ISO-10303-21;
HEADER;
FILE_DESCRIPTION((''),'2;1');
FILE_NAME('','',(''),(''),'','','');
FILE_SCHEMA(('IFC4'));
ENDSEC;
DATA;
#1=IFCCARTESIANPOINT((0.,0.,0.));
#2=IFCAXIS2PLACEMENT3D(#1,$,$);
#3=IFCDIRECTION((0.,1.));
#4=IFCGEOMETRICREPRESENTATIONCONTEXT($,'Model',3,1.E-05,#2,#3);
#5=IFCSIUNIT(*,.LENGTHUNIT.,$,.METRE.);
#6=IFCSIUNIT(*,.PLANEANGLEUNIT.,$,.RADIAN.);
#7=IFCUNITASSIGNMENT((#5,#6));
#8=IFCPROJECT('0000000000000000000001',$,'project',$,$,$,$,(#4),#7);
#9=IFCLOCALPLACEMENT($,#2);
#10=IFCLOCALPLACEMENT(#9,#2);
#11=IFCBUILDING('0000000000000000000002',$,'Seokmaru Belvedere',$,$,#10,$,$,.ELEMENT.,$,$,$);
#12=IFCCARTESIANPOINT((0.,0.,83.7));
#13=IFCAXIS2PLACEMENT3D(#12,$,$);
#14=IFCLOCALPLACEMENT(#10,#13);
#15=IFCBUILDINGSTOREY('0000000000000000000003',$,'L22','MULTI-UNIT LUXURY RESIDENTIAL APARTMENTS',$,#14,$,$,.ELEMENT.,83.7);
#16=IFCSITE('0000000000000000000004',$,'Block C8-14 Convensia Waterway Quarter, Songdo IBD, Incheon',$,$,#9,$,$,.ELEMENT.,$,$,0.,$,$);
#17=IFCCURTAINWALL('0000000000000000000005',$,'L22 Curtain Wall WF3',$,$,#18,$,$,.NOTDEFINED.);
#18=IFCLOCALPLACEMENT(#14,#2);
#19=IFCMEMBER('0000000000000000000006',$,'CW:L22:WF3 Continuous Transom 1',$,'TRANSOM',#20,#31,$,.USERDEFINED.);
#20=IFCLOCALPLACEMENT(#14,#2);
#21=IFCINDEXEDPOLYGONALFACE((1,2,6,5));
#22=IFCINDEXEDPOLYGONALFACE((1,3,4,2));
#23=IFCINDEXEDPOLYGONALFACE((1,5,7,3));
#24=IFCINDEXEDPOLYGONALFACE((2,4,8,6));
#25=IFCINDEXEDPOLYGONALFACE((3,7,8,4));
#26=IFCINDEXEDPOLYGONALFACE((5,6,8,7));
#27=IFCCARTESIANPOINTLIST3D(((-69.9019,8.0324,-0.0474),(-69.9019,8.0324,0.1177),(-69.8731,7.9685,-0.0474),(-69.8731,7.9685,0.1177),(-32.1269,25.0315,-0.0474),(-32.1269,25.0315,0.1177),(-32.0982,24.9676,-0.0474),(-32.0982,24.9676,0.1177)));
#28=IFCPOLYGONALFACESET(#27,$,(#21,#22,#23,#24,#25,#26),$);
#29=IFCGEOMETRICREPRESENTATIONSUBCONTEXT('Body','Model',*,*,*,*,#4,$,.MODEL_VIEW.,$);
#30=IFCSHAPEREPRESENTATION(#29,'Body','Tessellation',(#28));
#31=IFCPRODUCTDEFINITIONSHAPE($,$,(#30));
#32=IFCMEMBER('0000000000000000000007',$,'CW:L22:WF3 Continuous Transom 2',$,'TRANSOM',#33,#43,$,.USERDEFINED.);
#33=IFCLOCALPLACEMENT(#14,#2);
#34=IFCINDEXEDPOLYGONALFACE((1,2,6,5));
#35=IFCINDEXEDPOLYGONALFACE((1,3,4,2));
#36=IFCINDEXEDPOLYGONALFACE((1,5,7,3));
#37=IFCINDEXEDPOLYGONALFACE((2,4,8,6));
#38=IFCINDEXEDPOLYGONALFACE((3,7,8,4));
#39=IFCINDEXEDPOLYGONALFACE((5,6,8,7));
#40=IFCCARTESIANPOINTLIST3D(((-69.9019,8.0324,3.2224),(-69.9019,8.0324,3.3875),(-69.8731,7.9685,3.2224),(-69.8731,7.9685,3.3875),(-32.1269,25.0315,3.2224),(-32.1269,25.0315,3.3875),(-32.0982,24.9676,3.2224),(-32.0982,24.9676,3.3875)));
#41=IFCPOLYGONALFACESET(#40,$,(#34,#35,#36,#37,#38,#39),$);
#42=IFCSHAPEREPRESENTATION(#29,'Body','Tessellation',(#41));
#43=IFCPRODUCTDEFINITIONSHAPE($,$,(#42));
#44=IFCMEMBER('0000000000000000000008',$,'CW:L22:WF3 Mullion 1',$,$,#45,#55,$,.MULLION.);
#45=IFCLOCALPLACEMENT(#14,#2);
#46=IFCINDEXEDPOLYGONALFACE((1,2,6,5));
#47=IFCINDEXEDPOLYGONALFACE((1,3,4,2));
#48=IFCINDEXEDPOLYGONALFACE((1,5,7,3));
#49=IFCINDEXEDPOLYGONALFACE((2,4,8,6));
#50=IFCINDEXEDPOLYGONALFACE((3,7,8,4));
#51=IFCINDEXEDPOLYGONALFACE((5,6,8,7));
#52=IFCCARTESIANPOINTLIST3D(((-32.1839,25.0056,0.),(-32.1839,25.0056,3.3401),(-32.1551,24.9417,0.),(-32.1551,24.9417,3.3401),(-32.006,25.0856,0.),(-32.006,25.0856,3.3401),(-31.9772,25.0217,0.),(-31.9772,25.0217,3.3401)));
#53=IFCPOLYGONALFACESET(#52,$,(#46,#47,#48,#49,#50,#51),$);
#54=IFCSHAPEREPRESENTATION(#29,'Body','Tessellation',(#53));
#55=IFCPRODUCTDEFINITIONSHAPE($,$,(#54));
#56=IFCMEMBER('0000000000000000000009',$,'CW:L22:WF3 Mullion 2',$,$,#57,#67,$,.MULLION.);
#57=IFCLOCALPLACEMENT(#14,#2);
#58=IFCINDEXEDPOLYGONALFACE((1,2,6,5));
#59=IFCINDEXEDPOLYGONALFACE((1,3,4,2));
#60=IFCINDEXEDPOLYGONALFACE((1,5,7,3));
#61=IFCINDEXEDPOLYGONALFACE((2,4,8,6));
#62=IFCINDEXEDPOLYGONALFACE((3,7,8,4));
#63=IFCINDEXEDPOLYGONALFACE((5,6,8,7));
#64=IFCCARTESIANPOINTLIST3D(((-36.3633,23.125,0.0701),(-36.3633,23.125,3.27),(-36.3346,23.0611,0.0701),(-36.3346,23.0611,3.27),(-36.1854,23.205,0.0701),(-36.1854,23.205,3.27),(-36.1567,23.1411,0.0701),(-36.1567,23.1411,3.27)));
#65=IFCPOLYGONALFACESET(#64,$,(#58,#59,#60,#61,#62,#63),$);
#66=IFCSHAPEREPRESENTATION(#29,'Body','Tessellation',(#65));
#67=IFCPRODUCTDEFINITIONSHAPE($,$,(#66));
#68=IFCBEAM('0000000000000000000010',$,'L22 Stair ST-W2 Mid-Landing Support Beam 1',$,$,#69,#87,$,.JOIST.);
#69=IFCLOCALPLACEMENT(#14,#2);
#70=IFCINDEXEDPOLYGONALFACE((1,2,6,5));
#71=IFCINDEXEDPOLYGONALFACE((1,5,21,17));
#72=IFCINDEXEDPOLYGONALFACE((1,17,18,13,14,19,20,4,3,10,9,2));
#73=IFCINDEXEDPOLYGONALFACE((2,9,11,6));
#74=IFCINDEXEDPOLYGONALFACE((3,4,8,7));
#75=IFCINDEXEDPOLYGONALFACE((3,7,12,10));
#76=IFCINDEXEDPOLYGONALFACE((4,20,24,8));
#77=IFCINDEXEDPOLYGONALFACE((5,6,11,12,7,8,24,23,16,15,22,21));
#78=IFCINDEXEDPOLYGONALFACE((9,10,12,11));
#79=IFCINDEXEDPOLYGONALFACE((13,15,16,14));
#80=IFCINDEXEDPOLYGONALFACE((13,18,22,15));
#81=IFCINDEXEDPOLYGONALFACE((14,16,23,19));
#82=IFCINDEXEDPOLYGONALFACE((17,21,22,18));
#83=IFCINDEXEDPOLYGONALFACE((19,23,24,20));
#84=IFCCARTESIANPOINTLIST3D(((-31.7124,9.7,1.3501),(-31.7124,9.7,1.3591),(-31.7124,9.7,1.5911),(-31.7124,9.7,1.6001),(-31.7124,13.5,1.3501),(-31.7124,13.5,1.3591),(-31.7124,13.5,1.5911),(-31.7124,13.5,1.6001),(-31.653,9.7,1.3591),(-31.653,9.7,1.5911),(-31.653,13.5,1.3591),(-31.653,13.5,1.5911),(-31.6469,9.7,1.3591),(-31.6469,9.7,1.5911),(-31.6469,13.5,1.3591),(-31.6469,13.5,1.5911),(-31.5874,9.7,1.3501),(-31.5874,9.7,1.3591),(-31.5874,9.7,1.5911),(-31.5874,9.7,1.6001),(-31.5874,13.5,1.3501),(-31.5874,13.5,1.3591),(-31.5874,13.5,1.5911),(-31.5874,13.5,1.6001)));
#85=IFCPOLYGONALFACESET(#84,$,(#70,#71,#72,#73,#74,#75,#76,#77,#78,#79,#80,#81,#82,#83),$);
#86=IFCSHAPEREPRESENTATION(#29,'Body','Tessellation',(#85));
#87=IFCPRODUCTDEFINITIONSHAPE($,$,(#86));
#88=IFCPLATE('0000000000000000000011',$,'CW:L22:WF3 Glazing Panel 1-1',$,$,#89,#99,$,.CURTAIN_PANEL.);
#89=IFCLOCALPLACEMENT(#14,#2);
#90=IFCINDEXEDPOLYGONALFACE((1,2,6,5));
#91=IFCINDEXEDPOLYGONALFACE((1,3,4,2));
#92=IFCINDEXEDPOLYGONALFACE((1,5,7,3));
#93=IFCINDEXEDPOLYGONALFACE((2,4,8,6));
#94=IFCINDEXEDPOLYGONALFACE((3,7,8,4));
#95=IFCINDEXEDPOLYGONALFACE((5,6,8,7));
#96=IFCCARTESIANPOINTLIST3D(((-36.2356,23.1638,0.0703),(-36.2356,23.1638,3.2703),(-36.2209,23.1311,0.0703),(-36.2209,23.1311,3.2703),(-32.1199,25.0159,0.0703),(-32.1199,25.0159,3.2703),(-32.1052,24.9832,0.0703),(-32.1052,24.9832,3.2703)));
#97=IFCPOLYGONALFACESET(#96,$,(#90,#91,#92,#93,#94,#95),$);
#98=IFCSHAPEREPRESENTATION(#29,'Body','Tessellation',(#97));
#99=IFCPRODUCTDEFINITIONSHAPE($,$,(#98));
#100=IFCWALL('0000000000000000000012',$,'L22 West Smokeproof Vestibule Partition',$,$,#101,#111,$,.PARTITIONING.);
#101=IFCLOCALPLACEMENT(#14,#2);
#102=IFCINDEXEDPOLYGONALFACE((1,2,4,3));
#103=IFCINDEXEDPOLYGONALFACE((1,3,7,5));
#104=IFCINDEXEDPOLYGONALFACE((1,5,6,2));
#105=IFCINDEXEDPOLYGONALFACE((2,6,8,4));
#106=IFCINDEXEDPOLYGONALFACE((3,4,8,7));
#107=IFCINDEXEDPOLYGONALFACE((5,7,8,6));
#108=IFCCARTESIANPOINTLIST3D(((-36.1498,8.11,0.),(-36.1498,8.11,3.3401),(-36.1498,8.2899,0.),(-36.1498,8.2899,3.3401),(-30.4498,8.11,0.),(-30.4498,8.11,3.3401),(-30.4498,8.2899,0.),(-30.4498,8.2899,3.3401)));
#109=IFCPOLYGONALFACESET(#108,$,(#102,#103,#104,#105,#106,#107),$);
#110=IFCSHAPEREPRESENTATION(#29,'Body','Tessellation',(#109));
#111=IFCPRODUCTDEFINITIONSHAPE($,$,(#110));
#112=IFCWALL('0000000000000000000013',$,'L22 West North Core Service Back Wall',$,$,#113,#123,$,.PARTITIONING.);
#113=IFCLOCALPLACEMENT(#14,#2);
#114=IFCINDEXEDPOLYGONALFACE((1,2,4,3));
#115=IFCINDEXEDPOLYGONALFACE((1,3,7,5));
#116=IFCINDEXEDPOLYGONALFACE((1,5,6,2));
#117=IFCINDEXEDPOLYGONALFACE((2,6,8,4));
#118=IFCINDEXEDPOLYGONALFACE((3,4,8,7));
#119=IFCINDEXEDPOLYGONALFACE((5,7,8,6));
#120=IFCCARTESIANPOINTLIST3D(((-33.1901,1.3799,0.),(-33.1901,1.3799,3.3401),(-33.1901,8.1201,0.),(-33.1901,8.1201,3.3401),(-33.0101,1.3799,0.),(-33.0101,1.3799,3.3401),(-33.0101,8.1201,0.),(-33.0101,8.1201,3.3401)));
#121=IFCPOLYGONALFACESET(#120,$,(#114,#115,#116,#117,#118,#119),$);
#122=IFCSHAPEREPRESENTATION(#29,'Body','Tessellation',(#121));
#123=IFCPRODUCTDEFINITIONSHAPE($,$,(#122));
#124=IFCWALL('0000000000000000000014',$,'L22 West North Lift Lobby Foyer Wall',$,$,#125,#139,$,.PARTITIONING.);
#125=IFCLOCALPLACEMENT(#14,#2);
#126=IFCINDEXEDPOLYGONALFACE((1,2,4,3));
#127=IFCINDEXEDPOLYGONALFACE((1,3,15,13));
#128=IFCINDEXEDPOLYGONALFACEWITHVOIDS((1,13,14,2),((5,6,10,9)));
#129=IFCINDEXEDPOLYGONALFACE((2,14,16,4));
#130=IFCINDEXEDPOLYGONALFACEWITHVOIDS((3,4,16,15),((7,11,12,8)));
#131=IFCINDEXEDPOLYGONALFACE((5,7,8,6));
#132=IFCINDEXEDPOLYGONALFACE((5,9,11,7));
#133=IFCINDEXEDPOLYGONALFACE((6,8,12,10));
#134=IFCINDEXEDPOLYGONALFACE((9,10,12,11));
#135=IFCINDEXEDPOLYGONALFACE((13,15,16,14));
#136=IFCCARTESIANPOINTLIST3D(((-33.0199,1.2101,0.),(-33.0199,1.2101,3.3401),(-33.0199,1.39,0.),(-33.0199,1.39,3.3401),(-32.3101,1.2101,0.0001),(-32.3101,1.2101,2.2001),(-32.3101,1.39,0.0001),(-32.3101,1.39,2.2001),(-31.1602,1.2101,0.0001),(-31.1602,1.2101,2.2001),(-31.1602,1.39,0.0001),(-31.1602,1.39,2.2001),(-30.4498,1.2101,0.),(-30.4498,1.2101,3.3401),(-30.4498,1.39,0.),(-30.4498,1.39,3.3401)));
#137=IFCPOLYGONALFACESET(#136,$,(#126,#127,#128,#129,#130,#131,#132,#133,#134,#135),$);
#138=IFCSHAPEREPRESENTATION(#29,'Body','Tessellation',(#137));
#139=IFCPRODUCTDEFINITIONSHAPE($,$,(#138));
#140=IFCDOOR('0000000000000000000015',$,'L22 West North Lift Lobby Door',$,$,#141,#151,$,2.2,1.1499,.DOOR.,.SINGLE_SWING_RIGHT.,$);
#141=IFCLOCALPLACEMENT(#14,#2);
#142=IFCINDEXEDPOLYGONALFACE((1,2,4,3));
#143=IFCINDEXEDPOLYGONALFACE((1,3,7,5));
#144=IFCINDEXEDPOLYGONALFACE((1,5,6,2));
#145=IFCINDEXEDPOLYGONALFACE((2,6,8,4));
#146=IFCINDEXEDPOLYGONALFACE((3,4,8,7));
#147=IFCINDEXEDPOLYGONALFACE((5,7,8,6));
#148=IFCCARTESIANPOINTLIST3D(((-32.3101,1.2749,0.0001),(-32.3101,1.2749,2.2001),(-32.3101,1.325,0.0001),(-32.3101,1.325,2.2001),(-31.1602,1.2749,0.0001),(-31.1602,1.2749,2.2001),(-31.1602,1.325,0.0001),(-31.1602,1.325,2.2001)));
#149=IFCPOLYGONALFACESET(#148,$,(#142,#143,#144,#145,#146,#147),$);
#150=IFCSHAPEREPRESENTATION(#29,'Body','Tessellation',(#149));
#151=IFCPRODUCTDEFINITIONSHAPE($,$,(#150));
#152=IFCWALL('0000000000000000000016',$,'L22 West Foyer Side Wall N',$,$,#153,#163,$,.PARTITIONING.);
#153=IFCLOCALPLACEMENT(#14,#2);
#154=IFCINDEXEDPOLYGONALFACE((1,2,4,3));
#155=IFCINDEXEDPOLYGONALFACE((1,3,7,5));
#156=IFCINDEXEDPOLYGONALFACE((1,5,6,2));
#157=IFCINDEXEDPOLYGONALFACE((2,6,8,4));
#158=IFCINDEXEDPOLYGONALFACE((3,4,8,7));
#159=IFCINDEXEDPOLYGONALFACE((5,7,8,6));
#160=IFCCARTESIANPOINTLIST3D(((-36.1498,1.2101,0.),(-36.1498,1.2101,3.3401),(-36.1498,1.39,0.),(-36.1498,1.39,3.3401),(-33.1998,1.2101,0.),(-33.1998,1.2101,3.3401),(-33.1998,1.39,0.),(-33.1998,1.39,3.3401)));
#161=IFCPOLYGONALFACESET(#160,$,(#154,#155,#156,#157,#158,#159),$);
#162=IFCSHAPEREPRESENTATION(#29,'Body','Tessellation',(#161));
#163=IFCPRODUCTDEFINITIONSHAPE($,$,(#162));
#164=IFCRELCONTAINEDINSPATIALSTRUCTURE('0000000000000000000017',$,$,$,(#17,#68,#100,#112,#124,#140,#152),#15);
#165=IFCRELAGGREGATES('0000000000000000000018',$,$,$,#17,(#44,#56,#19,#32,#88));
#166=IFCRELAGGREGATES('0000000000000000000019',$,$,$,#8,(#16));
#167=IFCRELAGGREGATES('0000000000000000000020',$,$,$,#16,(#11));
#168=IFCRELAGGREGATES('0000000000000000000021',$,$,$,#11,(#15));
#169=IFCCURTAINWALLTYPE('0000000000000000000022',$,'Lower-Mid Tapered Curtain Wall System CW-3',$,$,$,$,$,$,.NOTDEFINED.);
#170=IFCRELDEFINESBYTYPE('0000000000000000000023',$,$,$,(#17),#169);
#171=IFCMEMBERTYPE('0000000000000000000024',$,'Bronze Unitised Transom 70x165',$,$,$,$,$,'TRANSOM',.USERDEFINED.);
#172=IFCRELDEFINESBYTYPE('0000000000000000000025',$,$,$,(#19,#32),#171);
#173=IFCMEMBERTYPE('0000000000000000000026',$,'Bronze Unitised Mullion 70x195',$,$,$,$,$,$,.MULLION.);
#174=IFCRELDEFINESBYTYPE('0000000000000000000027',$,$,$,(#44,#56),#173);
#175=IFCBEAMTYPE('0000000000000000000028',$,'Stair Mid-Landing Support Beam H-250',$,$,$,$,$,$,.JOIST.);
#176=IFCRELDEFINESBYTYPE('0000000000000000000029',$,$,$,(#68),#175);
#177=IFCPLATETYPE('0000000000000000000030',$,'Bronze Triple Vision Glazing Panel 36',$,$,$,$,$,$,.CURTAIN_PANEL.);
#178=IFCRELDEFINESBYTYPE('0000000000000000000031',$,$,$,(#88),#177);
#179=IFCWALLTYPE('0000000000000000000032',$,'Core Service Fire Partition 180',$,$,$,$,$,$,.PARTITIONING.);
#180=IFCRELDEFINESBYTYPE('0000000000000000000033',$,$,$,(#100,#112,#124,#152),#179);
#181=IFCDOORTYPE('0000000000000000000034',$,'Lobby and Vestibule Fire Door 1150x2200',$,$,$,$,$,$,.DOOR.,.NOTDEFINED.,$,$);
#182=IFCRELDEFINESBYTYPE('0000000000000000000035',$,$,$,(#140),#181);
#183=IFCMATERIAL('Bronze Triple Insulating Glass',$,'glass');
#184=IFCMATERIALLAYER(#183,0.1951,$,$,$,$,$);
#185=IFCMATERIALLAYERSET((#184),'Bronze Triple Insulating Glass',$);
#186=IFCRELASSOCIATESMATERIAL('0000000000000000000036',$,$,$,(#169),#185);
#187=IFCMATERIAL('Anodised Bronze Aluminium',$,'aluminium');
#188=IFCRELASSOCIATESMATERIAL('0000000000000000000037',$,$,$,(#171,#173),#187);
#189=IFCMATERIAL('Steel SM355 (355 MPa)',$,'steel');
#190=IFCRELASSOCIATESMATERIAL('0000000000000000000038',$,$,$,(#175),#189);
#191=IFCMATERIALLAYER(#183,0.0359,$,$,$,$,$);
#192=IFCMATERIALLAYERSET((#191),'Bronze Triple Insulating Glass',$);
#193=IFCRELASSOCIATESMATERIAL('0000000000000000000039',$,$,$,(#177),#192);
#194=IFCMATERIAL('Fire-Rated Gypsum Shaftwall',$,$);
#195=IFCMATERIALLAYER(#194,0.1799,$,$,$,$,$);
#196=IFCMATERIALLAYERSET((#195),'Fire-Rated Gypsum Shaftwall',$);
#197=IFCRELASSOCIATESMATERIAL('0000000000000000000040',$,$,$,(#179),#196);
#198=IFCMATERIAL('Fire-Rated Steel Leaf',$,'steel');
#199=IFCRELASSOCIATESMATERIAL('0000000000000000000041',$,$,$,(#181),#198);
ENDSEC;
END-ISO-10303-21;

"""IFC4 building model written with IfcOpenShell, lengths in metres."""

from ifc_helpers import new_model, si_unit, direction, frame, frame_2d, origin, origin_2d, place, context, subcontext, project, spatial, rectangle, i_section, extrude, source, transform, mapped, material, layer, layer_set, material_profile, profile_set, type_object, type_shapes, element, fill, aggregate, save


model = new_model("IFC4")

# Units and contexts
model_context = context("Model", 3, precision=1e-05, world=origin(), true_north=direction((0.0, 1.0)))
body_context = subcontext(model_context, "Body", "Model", "MODEL_VIEW")
ifc_project = project(units=[si_unit("LENGTHUNIT", "METRE"), si_unit("PLANEANGLEUNIT", "RADIAN")], contexts=[model_context])

# Site, building, storey
site_placement = place(None, origin())
site = spatial("IfcSite", under=ifc_project, at=site_placement, Name="Block C8-14 Convensia Waterway Quarter, Songdo IBD, Incheon", CompositionType="ELEMENT", RefElevation=0.0)
building_placement = place(site_placement, origin())
building = spatial("IfcBuilding", under=site, at=building_placement, Name="Seokmaru Belvedere", CompositionType="ELEMENT")
storey_placement = place(building_placement, frame((0.0, 0.0, 83.7)))
storey = spatial("IfcBuildingStorey", under=building, at=storey_placement, Name="L22", Description="MULTI-UNIT LUXURY RESIDENTIAL APARTMENTS", CompositionType="ELEMENT", Elevation=83.7)

# Shared definitions
ifc_material_1 = material(Name="Steel SM355 (355 MPa)", Category="steel")

# Curtain wall, members
ifc_material_2 = material(Name="Bronze Triple Insulating Glass", Category="glass")
ifc_layer_1 = layer(ifc_material_2, 0.1951)
ifc_layer_set_1 = layer_set([ifc_layer_1], Name="Bronze Triple Insulating Glass")
curtain_wall_type = type_object("IfcCurtainWallType", Name="Lower-Mid Tapered Curtain Wall System CW-3", PredefinedType="NOTDEFINED", material=ifc_layer_set_1)
curtain_wall_placement = place(storey_placement, origin())
curtain_wall = element("IfcCurtainWall", 1, at=curtain_wall_placement, inside=storey, type_object=curtain_wall_type, Name="L22 Curtain Wall WF3", PredefinedType="NOTDEFINED")
ifc_material_3 = material(Name="Anodised Bronze Aluminium", Category="aluminium")
ifc_material_profile_1 = material_profile(ifc_material_3, rectangle(XDim=0.0701, YDim=0.165, at=origin_2d()), Name="CW-T-70x165")
ifc_profile_set_1 = profile_set([ifc_material_profile_1], Name="Anodised Bronze Aluminium")
member_type_1 = type_object("IfcMemberType", Name="Bronze Unitised Transom 70x165", ElementType="TRANSOM", PredefinedType="USERDEFINED", material=ifc_profile_set_1)
shared_shape_1 = source(origin(), body_context, "Body", "SweptSolid", [
    extrude(rectangle(XDim=0.0701, YDim=0.165, at=origin_2d()), origin(), (0.0, 0.0, 1.0), 41.4236),
])
type_shapes(member_type_1, [shared_shape_1])
member_1_placement = place(storey_placement, frame((-32.1125, 24.9995, 0.0352), z_axis=(-0.911919, -0.410371, 0.0), x_axis=(0.410371, -0.911919, 0.0)))
member_1 = element("IfcMember", 2, at=member_1_placement, type_object=member_type_1, Name="CW:L22:WF3 Continuous Transom 1", ObjectType="TRANSOM", PredefinedType="USERDEFINED", context=body_context, shape_type="MappedRepresentation", body=[
    mapped(shared_shape_1, transform((0.0, 0.0, 0.0), scale=1.0)),
])
member_2_placement = place(storey_placement, frame((-32.1125, 24.9995, 3.3049), z_axis=(-0.911919, -0.410371, 0.0), x_axis=(0.410371, -0.911919, 0.0)))
member_2 = element("IfcMember", 3, at=member_2_placement, type_object=member_type_1, Name="CW:L22:WF3 Continuous Transom 2", ObjectType="TRANSOM", PredefinedType="USERDEFINED", context=body_context, shape_type="MappedRepresentation", body=[
    mapped(shared_shape_1, transform((0.0, 0.0, 0.0), scale=1.0)),
])
ifc_material_profile_2 = material_profile(ifc_material_3, rectangle(XDim=0.0701, YDim=0.1951, at=origin_2d()), Name="CW-M-70x195")
ifc_profile_set_2 = profile_set([ifc_material_profile_2], Name="Anodised Bronze Aluminium")
member_type_2 = type_object("IfcMemberType", Name="Bronze Unitised Mullion 70x195", PredefinedType="MULLION", material=ifc_profile_set_2)
shared_shape_2 = source(origin(), body_context, "Body", "SweptSolid", [
    extrude(rectangle(XDim=0.0701, YDim=0.1951, at=origin_2d()), origin(), (0.0, 0.0, 1.0), 3.3401),
])
member_3_placement = place(storey_placement, frame((-32.0806, 25.0137, 0.0), z_axis=(0.0, 0.0, 1.0), x_axis=(0.410366, -0.911921, 0.0)))
member_3 = element("IfcMember", 4, at=member_3_placement, type_object=member_type_2, Name="CW:L22:WF3 Mullion 1", PredefinedType="MULLION", context=body_context, shape_type="MappedRepresentation", body=[
    mapped(shared_shape_2, transform((0.0, 0.0, 0.0), scale=1.0)),
])
shared_shape_3 = source(origin(), body_context, "Body", "SweptSolid", [
    extrude(rectangle(XDim=0.0701, YDim=0.1951, at=origin_2d()), origin(), (0.0, 0.0, 1.0), 3.2),
])
type_shapes(member_type_2, [shared_shape_2, shared_shape_3])
member_4_placement = place(storey_placement, frame((-36.26, 23.1331, 0.0701), z_axis=(0.0, 0.0, 1.0), x_axis=(0.410366, -0.911921, 0.0)))
member_4 = element("IfcMember", 5, at=member_4_placement, type_object=member_type_2, Name="CW:L22:WF3 Mullion 2", PredefinedType="MULLION", context=body_context, shape_type="MappedRepresentation", body=[
    mapped(shared_shape_3, transform((0.0, 0.0, 0.0), scale=1.0)),
])

# Beam
ifc_material_profile_3 = material_profile(ifc_material_1, i_section(OverallWidth=0.125, OverallDepth=0.25, WebThickness=0.0061, FlangeThickness=0.009, at=origin_2d()), Name="H-250x125x6x9")
ifc_profile_set_3 = profile_set([ifc_material_profile_3], Name="Steel SM355 (355 MPa)")
beam_type_1 = type_object("IfcBeamType", Name="Stair Mid-Landing Support Beam H-250", PredefinedType="JOIST", material=ifc_profile_set_3)
shared_shape_4 = source(origin(), body_context, "Body", "SweptSolid", [
    extrude(i_section(OverallWidth=0.125, OverallDepth=0.25, WebThickness=0.0061, FlangeThickness=0.009, at=origin_2d()), origin(), (0.0, 0.0, 1.0), 3.8),
])
type_shapes(beam_type_1, [shared_shape_4])
beam_1_placement = place(storey_placement, frame((-31.6499, 9.7, 1.4751), z_axis=(0.0, 1.0, 0.0), x_axis=(-1.0, 0.0, 0.0)))
element("IfcBeam", 6, at=beam_1_placement, inside=storey, type_object=beam_type_1, Name="L22 Stair ST-W2 Mid-Landing Support Beam 1", PredefinedType="JOIST", context=body_context, shape_type="MappedRepresentation", body=[
    mapped(shared_shape_4, transform((0.0, 0.0, 0.0), scale=1.0)),
])

# Plate
ifc_layer_2 = layer(ifc_material_2, 0.0359)
ifc_layer_set_2 = layer_set([ifc_layer_2], Name="Bronze Triple Insulating Glass")
plate_type = type_object("IfcPlateType", Name="Bronze Triple Vision Glazing Panel 36", PredefinedType="CURTAIN_PANEL", material=ifc_layer_set_2)
shared_shape_5 = source(origin(), body_context, "Body", "SweptSolid", [
    extrude(rectangle(XDim=4.5132, YDim=0.0359, at=origin_2d()), origin(), (0.0, 0.0, 1.0), 3.2),
])
type_shapes(plate_type, [shared_shape_5])
plate_placement = place(storey_placement, frame((-34.1704, 24.0735, 0.0703), z_axis=(0.0, 0.0, 1.0), x_axis=(-0.911921, -0.410366, 0.0)))
plate = element("IfcPlate", 7, at=plate_placement, type_object=plate_type, Name="CW:L22:WF3 Glazing Panel 1-1", PredefinedType="CURTAIN_PANEL", context=body_context, shape_type="MappedRepresentation", body=[
    mapped(shared_shape_5, transform((0.0, 0.0, 0.0), scale=1.0)),
])
aggregate(curtain_wall, [member_3, member_4, member_1, member_2, plate])

# Walls
ifc_material_4 = material(Name="Fire-Rated Gypsum Shaftwall")
ifc_layer_3 = layer(ifc_material_4, 0.1799)
ifc_layer_set_3 = layer_set([ifc_layer_3], Name="Fire-Rated Gypsum Shaftwall")
wall_type_1 = type_object("IfcWallType", Name="Core Service Fire Partition 180", PredefinedType="PARTITIONING", material=ifc_layer_set_3)
wall_1_placement = place(storey_placement, frame((-36.1499, 8.2, 0.0), z_axis=(0.0, 0.0, 1.0), x_axis=(1.0, 0.0, 0.0)))
element("IfcWall", 8, at=wall_1_placement, inside=storey, type_object=wall_type_1, Name="L22 West Smokeproof Vestibule Partition", PredefinedType="PARTITIONING", context=body_context, shape_type="SweptSolid", body=[
    extrude(rectangle(XDim=5.7, YDim=0.1799, at=frame_2d((2.8501, 0.0))), origin(), (0.0, 0.0, 1.0), 3.3401),
])
wall_2_placement = place(storey_placement, frame((-33.1001, 1.3799, 0.0), z_axis=(0.0, 0.0, 1.0), x_axis=(0.0, 1.0, 0.0)))
element("IfcWall", 9, at=wall_2_placement, inside=storey, type_object=wall_type_1, Name="L22 West North Core Service Back Wall", PredefinedType="PARTITIONING", context=body_context, shape_type="SweptSolid", body=[
    extrude(rectangle(XDim=6.7402, YDim=0.1799, at=frame_2d((3.3701, 0.0))), origin(), (0.0, 0.0, 1.0), 3.3401),
])

# Wall, opening, door
wall_3_placement = place(storey_placement, frame((-33.02, 1.3, 0.0), z_axis=(0.0, 0.0, 1.0), x_axis=(1.0, 0.0, 0.0)))
wall_3 = element("IfcWall", 10, at=wall_3_placement, inside=storey, type_object=wall_type_1, Name="L22 West North Lift Lobby Foyer Wall", PredefinedType="PARTITIONING", context=body_context, shape_type="SweptSolid", body=[
    extrude(rectangle(XDim=2.5701, YDim=0.1799, at=frame_2d((1.2852, 0.0))), origin(), (0.0, 0.0, 1.0), 3.3401),
])
opening_1_placement = place(wall_3_placement, frame((0.71, 0.0, 0.0)))
opening_1 = element("IfcOpeningElement", 11, at=opening_1_placement, cuts=wall_3, PredefinedType="OPENING", context=body_context, shape_type="SweptSolid", body=[
    extrude(rectangle(XDim=1.1499, YDim=2.2, at=frame_2d((0.575, 1.1001))), frame((0.0, 0.1001, 0.0), z_axis=(0.0, -1.0, 0.0), x_axis=(1.0, 0.0, 0.0)), (0.0, 0.0, 1.0), 0.2),
])
ifc_material_5 = material(Name="Fire-Rated Steel Leaf", Category="steel")
door_type_1 = type_object("IfcDoorType", Name="Lobby and Vestibule Fire Door 1150x2200", OperationType="NOTDEFINED", PredefinedType="DOOR", material=ifc_material_5)
shared_shape_6 = source(origin(), body_context, "Body", "SweptSolid", [
    extrude(rectangle(XDim=1.1499, YDim=2.2, at=frame_2d((0.575, 1.1001))), frame((0.0, 0.0249, 0.0), z_axis=(0.0, -1.0, 0.0), x_axis=(1.0, 0.0, 0.0)), (0.0, 0.0, 1.0), 0.05),
])
type_shapes(door_type_1, [shared_shape_6])
door_1_placement = place(opening_1_placement, origin())
door_1 = element("IfcDoor", 12, at=door_1_placement, inside=storey, type_object=door_type_1, Name="L22 West North Lift Lobby Door", OperationType="SINGLE_SWING_RIGHT", OverallHeight=2.2, OverallWidth=1.1499, PredefinedType="DOOR", context=body_context, shape_type="MappedRepresentation", body=[
    mapped(shared_shape_6, transform((0.0, 0.0, 0.0), scale=1.0)),
])
fill(opening_1, door_1)

# Wall
wall_4_placement = place(storey_placement, frame((-36.1499, 1.3, 0.0), z_axis=(0.0, 0.0, 1.0), x_axis=(1.0, 0.0, 0.0)))
element("IfcWall", 13, at=wall_4_placement, inside=storey, type_object=wall_type_1, Name="L22 West Foyer Side Wall N", PredefinedType="PARTITIONING", context=body_context, shape_type="SweptSolid", body=[
    extrude(rectangle(XDim=2.95, YDim=0.1799, at=frame_2d((1.4751, 0.0))), origin(), (0.0, 0.0, 1.0), 3.3401),
])

save(model, "model.ifc")
